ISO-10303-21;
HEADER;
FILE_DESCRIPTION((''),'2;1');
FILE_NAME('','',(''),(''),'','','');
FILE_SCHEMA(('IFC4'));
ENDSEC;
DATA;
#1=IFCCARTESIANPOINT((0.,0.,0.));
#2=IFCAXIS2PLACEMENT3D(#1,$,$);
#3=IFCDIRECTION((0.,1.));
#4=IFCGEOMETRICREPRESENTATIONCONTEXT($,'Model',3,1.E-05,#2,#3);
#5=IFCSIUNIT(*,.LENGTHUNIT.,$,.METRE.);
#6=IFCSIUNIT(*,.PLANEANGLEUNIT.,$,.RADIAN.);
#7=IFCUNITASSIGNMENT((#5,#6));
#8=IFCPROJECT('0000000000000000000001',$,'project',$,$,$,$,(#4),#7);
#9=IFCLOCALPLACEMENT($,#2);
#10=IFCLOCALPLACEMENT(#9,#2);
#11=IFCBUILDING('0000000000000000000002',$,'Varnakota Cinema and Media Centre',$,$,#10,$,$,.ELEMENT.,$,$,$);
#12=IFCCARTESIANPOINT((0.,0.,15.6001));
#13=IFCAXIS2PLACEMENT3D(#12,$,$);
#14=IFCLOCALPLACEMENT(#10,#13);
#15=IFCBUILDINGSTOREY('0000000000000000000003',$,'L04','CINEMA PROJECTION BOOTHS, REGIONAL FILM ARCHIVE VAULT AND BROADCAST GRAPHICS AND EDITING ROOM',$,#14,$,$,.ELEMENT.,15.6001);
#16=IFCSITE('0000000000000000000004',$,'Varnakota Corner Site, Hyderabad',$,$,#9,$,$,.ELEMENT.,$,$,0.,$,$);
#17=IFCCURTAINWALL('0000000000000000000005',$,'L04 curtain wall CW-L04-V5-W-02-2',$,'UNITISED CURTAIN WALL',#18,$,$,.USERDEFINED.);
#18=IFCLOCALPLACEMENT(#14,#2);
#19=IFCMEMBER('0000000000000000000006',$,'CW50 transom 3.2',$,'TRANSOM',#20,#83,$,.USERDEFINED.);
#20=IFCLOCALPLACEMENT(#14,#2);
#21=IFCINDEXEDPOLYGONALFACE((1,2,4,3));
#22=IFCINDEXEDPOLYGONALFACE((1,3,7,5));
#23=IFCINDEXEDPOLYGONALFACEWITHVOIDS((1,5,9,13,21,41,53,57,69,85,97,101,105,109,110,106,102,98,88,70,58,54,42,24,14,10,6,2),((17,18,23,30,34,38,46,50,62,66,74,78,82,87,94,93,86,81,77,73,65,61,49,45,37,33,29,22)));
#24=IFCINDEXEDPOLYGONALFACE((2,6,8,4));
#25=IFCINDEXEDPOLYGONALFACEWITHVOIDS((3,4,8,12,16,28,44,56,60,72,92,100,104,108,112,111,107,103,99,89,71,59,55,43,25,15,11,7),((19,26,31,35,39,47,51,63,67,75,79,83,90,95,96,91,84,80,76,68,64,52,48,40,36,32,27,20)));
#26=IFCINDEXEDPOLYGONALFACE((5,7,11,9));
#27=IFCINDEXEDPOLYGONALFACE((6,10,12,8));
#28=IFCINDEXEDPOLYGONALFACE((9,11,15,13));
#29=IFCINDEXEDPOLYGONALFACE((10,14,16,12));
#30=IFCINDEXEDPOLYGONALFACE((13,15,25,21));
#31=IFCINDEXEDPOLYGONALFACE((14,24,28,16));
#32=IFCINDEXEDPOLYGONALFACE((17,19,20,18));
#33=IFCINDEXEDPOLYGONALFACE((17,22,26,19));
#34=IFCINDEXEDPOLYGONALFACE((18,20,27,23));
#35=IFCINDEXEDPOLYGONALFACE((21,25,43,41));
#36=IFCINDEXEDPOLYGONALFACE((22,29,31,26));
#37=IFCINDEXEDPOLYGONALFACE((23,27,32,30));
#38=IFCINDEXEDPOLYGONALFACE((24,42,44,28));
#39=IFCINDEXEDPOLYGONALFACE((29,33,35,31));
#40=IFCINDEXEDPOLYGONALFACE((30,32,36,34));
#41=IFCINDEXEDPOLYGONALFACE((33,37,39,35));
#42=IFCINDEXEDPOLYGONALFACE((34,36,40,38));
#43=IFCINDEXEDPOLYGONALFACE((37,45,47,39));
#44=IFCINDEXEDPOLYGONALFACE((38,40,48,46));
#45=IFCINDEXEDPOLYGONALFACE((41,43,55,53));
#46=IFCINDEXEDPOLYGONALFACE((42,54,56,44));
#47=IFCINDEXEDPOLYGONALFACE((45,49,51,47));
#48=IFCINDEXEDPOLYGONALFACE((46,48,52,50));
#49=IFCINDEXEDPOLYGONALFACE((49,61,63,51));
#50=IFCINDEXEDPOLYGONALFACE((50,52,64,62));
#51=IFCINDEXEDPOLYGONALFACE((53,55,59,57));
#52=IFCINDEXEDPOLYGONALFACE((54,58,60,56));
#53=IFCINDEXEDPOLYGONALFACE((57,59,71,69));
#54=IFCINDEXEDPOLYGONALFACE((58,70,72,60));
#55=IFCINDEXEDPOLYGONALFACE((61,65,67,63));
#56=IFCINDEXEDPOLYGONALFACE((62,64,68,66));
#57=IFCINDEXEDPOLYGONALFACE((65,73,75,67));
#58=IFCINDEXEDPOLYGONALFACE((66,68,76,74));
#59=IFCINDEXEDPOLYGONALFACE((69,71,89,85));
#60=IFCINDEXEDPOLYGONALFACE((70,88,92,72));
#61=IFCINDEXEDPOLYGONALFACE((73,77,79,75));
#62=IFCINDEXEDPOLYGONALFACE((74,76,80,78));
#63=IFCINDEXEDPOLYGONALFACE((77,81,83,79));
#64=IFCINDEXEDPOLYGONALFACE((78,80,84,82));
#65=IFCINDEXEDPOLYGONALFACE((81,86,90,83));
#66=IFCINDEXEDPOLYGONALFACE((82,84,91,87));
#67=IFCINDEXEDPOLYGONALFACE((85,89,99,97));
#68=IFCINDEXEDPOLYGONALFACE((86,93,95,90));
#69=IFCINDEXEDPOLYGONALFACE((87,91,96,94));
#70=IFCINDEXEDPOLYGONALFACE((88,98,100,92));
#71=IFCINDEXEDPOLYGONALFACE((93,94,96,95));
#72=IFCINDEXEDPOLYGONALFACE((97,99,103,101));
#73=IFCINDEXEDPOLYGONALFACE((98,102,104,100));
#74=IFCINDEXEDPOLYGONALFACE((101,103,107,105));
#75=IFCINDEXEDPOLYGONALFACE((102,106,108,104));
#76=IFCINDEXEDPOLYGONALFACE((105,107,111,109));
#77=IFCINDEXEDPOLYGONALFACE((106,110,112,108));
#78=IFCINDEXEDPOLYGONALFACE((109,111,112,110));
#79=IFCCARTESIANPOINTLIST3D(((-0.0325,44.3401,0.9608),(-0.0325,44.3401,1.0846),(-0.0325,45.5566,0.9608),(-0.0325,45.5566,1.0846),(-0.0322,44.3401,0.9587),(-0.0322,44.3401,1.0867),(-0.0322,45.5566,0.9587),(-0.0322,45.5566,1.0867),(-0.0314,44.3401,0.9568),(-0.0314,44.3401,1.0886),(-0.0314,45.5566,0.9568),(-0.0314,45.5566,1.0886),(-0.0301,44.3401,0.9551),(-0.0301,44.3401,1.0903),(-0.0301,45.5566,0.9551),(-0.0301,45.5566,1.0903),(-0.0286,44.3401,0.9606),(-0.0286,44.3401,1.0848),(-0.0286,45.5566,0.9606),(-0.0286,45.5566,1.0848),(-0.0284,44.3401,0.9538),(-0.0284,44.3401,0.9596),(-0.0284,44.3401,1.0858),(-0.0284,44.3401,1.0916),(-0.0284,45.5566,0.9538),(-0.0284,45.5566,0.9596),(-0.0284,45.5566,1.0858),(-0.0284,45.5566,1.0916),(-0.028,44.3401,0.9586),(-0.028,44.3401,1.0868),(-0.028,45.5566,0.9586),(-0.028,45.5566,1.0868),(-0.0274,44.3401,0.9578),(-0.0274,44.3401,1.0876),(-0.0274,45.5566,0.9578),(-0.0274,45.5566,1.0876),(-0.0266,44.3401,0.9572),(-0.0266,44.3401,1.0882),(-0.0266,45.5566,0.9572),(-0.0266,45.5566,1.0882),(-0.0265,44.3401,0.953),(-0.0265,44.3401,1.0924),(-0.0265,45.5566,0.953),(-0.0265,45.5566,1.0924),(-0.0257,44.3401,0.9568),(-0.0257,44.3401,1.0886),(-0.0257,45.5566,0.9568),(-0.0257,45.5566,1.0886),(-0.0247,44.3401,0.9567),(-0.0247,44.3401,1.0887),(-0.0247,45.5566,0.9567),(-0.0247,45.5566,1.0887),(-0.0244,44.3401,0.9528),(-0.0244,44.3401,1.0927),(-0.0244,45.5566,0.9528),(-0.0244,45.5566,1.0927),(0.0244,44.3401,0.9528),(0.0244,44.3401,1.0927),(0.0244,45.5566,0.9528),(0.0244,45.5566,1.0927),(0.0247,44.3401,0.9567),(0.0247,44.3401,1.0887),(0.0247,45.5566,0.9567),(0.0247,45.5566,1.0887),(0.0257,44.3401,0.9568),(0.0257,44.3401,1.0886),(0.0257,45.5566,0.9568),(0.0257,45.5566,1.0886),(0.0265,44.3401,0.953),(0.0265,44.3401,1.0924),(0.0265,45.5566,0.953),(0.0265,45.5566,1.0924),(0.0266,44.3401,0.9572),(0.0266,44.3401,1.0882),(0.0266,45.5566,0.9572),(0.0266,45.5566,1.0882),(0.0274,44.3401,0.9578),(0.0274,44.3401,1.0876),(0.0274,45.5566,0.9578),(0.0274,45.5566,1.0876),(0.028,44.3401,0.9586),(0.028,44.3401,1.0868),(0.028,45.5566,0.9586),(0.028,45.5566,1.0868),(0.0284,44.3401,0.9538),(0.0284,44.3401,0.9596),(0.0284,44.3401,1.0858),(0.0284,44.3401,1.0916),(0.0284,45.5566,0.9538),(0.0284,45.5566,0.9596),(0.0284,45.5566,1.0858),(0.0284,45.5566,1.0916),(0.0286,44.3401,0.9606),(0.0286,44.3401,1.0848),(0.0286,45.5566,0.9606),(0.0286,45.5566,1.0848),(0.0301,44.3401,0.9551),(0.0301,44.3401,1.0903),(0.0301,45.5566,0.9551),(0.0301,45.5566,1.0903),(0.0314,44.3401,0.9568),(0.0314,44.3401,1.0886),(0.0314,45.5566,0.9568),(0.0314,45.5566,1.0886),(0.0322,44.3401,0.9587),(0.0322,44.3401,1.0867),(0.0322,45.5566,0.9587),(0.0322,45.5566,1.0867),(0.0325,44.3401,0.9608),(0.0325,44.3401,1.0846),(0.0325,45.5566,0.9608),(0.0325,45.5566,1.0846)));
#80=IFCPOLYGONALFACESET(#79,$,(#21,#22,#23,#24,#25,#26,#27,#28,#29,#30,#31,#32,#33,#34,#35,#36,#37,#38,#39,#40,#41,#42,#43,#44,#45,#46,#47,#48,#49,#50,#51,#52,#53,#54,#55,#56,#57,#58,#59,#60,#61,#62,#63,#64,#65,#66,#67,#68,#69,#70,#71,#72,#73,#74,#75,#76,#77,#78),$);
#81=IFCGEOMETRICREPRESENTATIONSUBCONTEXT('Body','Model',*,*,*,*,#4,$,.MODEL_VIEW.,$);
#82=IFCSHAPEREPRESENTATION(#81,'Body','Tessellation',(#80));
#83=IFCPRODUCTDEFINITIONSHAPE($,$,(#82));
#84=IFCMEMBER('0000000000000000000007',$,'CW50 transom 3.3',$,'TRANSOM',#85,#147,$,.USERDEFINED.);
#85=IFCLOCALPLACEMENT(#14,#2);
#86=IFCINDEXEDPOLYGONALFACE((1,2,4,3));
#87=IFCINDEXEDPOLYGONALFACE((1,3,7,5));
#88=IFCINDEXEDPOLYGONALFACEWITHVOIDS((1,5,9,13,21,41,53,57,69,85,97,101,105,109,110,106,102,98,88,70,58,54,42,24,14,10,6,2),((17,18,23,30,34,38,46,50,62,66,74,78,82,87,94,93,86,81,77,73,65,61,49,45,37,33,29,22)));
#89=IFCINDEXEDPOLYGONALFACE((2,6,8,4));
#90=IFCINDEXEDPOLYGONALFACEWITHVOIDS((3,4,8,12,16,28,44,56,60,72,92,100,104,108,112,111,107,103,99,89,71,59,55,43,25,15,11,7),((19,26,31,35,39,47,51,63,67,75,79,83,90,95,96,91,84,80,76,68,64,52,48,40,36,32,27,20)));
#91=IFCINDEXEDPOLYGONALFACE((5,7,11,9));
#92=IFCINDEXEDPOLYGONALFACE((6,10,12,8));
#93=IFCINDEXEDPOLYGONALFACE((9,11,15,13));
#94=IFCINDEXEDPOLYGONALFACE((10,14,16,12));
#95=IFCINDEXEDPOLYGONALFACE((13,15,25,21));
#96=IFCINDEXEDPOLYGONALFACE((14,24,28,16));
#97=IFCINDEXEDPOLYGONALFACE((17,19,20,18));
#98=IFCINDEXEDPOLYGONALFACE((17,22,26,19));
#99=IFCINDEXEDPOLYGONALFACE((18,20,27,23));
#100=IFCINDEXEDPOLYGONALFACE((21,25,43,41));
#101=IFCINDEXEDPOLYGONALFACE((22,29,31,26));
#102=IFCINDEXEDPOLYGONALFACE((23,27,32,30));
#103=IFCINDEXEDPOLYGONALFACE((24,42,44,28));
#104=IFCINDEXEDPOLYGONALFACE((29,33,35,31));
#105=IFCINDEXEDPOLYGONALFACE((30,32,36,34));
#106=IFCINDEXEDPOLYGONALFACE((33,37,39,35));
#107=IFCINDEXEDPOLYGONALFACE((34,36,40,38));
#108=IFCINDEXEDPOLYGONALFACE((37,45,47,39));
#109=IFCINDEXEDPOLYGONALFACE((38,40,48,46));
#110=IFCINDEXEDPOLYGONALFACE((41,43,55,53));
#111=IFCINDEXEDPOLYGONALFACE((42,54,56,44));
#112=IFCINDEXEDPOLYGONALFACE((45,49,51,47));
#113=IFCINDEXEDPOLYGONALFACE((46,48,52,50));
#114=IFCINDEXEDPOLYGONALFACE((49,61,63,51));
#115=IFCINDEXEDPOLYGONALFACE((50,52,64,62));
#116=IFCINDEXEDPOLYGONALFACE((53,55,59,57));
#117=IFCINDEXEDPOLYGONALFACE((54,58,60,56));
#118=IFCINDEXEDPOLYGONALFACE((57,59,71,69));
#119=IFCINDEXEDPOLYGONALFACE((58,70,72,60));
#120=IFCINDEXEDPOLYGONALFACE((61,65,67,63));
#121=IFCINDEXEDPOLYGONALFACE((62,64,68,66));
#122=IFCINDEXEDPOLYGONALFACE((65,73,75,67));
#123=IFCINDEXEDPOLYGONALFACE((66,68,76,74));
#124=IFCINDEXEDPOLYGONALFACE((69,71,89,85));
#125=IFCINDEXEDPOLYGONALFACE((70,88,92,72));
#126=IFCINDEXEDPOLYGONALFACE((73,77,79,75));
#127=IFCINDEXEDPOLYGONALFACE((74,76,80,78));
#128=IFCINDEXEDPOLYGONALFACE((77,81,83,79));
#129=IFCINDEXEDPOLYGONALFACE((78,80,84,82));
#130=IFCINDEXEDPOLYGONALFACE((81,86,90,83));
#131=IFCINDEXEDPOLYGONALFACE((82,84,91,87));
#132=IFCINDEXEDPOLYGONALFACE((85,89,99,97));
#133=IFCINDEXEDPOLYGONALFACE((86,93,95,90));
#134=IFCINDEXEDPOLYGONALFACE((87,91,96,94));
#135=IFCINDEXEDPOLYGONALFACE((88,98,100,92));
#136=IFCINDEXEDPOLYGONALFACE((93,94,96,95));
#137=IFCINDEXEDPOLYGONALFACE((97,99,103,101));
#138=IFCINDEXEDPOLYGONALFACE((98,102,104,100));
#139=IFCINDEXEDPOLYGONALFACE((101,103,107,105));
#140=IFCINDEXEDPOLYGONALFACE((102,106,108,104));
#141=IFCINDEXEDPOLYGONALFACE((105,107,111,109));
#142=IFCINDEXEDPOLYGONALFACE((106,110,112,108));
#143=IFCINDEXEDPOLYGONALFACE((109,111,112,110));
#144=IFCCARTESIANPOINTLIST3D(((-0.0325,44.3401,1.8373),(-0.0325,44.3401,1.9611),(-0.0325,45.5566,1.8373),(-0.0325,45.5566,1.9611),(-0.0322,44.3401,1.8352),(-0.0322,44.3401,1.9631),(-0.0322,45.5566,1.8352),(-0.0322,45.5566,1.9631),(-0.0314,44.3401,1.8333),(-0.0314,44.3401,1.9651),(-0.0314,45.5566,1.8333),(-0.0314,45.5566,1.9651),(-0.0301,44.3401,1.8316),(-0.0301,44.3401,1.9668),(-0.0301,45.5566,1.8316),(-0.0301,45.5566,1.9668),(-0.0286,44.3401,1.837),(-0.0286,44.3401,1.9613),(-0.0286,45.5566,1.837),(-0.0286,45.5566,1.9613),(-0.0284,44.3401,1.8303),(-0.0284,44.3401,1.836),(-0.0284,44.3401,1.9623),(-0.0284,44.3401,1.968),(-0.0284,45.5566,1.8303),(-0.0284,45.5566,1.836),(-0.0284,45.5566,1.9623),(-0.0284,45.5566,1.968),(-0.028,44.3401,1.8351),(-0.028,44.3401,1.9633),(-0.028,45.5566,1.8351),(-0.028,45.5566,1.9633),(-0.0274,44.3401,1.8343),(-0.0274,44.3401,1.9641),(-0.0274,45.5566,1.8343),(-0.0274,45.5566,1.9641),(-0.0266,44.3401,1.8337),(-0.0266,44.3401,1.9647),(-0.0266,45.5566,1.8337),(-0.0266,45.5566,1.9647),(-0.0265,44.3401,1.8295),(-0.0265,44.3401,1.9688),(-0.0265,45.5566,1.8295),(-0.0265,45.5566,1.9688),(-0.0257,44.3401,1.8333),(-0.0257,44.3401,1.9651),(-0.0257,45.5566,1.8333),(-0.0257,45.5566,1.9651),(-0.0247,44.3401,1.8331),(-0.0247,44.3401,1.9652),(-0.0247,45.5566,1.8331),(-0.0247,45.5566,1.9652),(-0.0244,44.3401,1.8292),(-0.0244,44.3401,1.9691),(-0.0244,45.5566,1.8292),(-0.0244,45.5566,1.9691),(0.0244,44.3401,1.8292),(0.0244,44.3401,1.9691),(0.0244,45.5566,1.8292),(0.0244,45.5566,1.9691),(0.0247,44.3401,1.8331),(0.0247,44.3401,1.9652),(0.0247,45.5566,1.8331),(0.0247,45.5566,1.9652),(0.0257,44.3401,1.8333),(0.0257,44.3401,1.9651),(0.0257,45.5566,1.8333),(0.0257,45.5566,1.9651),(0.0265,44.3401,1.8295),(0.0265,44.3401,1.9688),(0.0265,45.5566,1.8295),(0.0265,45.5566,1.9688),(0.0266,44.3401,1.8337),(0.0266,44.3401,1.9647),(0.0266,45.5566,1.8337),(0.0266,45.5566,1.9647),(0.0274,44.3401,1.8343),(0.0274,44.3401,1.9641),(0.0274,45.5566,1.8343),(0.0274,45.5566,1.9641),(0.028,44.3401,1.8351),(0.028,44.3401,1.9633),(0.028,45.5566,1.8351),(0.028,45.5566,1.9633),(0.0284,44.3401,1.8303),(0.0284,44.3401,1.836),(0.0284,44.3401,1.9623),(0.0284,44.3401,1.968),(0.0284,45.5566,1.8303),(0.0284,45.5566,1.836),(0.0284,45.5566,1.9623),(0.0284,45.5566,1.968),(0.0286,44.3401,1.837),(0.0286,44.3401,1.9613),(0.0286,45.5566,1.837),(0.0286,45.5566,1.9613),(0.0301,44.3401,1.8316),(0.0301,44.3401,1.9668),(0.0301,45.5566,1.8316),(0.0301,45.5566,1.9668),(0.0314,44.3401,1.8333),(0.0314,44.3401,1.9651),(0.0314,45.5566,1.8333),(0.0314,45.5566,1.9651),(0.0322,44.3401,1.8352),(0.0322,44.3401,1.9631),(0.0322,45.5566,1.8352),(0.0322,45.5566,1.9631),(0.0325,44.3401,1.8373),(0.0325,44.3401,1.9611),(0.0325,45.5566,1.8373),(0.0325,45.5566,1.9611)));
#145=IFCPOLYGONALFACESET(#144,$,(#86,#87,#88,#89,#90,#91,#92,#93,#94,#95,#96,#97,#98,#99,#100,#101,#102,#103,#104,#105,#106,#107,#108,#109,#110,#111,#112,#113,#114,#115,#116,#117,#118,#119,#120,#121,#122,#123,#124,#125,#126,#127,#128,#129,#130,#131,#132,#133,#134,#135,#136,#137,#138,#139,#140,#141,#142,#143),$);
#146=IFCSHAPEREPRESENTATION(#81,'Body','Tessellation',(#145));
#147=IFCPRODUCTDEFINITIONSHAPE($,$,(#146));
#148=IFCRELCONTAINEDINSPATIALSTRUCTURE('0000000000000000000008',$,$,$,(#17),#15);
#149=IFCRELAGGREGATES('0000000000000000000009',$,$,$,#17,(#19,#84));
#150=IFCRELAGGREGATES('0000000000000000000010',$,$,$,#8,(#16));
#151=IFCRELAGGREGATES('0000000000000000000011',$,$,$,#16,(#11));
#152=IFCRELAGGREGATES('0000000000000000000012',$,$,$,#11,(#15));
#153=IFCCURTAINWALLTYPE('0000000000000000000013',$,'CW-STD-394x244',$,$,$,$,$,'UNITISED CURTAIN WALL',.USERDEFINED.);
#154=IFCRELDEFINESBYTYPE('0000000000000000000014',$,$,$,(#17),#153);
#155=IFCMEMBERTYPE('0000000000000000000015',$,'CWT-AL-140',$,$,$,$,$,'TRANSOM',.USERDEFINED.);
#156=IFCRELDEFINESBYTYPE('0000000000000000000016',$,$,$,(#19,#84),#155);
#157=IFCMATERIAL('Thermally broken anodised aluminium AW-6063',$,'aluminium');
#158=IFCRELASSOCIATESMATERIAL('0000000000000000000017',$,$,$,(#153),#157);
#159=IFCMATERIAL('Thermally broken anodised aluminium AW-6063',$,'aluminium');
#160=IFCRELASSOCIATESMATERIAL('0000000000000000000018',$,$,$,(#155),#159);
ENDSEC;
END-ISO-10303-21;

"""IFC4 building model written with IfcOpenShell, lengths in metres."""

from ifc_helpers import new_model, si_unit, direction, frame, origin, origin_2d, place, context, subcontext, project, spatial, hollow_rectangle, extrude, material, material_profile, profile_set, type_object, element, aggregate, save


model = new_model("IFC4")

# Units and contexts
model_context = context("Model", 3, precision=1e-05, world=origin(), true_north=direction((0.0, 1.0)))
body_context = subcontext(model_context, "Body", "Model", "MODEL_VIEW")
ifc_project = project(units=[si_unit("LENGTHUNIT", "METRE"), si_unit("PLANEANGLEUNIT", "RADIAN")], contexts=[model_context])

# Site, building, storey
site_placement = place(None, origin())
site = spatial("IfcSite", under=ifc_project, at=site_placement, Name="Varnakota Corner Site, Hyderabad", CompositionType="ELEMENT", RefElevation=0.0)
building_placement = place(site_placement, origin())
building = spatial("IfcBuilding", under=site, at=building_placement, Name="Varnakota Cinema and Media Centre", CompositionType="ELEMENT")
storey_placement = place(building_placement, frame((0.0, 0.0, 15.6001)))
storey = spatial("IfcBuildingStorey", under=building, at=storey_placement, Name="L04", Description="CINEMA PROJECTION BOOTHS, REGIONAL FILM ARCHIVE VAULT AND BROADCAST GRAPHICS AND EDITING ROOM", CompositionType="ELEMENT", Elevation=15.6001)

# Curtain wall
ifc_material_1 = material(Name="Thermally broken anodised aluminium AW-6063", Category="aluminium")
curtain_wall_type_1 = type_object("IfcCurtainWallType", Name="CW-STD-394x244", ElementType="UNITISED CURTAIN WALL", PredefinedType="USERDEFINED", material=ifc_material_1)
curtain_wall_1_placement = place(storey_placement, origin())
curtain_wall_1 = element("IfcCurtainWall", 1, at=curtain_wall_1_placement, inside=storey, type_object=curtain_wall_type_1, Name="L04 curtain wall CW-L04-V5-W-02-2", ObjectType="UNITISED CURTAIN WALL", PredefinedType="USERDEFINED")

# Members
ifc_material_2 = material(Name="Thermally broken anodised aluminium AW-6063", Category="aluminium")
ifc_material_profile_1 = material_profile(ifc_material_2, hollow_rectangle(XDim=0.0649, YDim=0.1399, WallThickness=0.0039, InnerFilletRadius=0.0039, OuterFilletRadius=0.0081, at=origin_2d()), Name="AL-TRANSOM 140x65x4")
ifc_profile_set_1 = profile_set([ifc_material_profile_1], Name="Thermally broken anodised aluminium AW-6063")
member_type_1 = type_object("IfcMemberType", Name="CWT-AL-140", ElementType="TRANSOM", PredefinedType="USERDEFINED", material=ifc_profile_set_1)
member_1_placement = place(storey_placement, frame((0.0, 45.5566, 1.0227), z_axis=(0.0, -1.0, 0.0), x_axis=(1.0, 0.0, 0.0)))
member_1 = element("IfcMember", 2, at=member_1_placement, type_object=member_type_1, Name="CW50 transom 3.2", ObjectType="TRANSOM", PredefinedType="USERDEFINED", context=body_context, shape_type="SweptSolid", body=[
    extrude(hollow_rectangle(XDim=0.0649, YDim=0.1399, WallThickness=0.0039, InnerFilletRadius=0.0039, OuterFilletRadius=0.0081, at=origin_2d()), origin(), (0.0, 0.0, 1.0), 1.2166),
])
member_2_placement = place(storey_placement, frame((0.0, 45.5566, 1.8992), z_axis=(0.0, -1.0, 0.0), x_axis=(1.0, 0.0, 0.0)))
member_2 = element("IfcMember", 3, at=member_2_placement, type_object=member_type_1, Name="CW50 transom 3.3", ObjectType="TRANSOM", PredefinedType="USERDEFINED", context=body_context, shape_type="SweptSolid", body=[
    extrude(hollow_rectangle(XDim=0.0649, YDim=0.1399, WallThickness=0.0039, InnerFilletRadius=0.0039, OuterFilletRadius=0.0081, at=origin_2d()), origin(), (0.0, 0.0, 1.0), 1.2166),
])

aggregate(curtain_wall_1, [member_1, member_2])

save(model, "model.ifc")
